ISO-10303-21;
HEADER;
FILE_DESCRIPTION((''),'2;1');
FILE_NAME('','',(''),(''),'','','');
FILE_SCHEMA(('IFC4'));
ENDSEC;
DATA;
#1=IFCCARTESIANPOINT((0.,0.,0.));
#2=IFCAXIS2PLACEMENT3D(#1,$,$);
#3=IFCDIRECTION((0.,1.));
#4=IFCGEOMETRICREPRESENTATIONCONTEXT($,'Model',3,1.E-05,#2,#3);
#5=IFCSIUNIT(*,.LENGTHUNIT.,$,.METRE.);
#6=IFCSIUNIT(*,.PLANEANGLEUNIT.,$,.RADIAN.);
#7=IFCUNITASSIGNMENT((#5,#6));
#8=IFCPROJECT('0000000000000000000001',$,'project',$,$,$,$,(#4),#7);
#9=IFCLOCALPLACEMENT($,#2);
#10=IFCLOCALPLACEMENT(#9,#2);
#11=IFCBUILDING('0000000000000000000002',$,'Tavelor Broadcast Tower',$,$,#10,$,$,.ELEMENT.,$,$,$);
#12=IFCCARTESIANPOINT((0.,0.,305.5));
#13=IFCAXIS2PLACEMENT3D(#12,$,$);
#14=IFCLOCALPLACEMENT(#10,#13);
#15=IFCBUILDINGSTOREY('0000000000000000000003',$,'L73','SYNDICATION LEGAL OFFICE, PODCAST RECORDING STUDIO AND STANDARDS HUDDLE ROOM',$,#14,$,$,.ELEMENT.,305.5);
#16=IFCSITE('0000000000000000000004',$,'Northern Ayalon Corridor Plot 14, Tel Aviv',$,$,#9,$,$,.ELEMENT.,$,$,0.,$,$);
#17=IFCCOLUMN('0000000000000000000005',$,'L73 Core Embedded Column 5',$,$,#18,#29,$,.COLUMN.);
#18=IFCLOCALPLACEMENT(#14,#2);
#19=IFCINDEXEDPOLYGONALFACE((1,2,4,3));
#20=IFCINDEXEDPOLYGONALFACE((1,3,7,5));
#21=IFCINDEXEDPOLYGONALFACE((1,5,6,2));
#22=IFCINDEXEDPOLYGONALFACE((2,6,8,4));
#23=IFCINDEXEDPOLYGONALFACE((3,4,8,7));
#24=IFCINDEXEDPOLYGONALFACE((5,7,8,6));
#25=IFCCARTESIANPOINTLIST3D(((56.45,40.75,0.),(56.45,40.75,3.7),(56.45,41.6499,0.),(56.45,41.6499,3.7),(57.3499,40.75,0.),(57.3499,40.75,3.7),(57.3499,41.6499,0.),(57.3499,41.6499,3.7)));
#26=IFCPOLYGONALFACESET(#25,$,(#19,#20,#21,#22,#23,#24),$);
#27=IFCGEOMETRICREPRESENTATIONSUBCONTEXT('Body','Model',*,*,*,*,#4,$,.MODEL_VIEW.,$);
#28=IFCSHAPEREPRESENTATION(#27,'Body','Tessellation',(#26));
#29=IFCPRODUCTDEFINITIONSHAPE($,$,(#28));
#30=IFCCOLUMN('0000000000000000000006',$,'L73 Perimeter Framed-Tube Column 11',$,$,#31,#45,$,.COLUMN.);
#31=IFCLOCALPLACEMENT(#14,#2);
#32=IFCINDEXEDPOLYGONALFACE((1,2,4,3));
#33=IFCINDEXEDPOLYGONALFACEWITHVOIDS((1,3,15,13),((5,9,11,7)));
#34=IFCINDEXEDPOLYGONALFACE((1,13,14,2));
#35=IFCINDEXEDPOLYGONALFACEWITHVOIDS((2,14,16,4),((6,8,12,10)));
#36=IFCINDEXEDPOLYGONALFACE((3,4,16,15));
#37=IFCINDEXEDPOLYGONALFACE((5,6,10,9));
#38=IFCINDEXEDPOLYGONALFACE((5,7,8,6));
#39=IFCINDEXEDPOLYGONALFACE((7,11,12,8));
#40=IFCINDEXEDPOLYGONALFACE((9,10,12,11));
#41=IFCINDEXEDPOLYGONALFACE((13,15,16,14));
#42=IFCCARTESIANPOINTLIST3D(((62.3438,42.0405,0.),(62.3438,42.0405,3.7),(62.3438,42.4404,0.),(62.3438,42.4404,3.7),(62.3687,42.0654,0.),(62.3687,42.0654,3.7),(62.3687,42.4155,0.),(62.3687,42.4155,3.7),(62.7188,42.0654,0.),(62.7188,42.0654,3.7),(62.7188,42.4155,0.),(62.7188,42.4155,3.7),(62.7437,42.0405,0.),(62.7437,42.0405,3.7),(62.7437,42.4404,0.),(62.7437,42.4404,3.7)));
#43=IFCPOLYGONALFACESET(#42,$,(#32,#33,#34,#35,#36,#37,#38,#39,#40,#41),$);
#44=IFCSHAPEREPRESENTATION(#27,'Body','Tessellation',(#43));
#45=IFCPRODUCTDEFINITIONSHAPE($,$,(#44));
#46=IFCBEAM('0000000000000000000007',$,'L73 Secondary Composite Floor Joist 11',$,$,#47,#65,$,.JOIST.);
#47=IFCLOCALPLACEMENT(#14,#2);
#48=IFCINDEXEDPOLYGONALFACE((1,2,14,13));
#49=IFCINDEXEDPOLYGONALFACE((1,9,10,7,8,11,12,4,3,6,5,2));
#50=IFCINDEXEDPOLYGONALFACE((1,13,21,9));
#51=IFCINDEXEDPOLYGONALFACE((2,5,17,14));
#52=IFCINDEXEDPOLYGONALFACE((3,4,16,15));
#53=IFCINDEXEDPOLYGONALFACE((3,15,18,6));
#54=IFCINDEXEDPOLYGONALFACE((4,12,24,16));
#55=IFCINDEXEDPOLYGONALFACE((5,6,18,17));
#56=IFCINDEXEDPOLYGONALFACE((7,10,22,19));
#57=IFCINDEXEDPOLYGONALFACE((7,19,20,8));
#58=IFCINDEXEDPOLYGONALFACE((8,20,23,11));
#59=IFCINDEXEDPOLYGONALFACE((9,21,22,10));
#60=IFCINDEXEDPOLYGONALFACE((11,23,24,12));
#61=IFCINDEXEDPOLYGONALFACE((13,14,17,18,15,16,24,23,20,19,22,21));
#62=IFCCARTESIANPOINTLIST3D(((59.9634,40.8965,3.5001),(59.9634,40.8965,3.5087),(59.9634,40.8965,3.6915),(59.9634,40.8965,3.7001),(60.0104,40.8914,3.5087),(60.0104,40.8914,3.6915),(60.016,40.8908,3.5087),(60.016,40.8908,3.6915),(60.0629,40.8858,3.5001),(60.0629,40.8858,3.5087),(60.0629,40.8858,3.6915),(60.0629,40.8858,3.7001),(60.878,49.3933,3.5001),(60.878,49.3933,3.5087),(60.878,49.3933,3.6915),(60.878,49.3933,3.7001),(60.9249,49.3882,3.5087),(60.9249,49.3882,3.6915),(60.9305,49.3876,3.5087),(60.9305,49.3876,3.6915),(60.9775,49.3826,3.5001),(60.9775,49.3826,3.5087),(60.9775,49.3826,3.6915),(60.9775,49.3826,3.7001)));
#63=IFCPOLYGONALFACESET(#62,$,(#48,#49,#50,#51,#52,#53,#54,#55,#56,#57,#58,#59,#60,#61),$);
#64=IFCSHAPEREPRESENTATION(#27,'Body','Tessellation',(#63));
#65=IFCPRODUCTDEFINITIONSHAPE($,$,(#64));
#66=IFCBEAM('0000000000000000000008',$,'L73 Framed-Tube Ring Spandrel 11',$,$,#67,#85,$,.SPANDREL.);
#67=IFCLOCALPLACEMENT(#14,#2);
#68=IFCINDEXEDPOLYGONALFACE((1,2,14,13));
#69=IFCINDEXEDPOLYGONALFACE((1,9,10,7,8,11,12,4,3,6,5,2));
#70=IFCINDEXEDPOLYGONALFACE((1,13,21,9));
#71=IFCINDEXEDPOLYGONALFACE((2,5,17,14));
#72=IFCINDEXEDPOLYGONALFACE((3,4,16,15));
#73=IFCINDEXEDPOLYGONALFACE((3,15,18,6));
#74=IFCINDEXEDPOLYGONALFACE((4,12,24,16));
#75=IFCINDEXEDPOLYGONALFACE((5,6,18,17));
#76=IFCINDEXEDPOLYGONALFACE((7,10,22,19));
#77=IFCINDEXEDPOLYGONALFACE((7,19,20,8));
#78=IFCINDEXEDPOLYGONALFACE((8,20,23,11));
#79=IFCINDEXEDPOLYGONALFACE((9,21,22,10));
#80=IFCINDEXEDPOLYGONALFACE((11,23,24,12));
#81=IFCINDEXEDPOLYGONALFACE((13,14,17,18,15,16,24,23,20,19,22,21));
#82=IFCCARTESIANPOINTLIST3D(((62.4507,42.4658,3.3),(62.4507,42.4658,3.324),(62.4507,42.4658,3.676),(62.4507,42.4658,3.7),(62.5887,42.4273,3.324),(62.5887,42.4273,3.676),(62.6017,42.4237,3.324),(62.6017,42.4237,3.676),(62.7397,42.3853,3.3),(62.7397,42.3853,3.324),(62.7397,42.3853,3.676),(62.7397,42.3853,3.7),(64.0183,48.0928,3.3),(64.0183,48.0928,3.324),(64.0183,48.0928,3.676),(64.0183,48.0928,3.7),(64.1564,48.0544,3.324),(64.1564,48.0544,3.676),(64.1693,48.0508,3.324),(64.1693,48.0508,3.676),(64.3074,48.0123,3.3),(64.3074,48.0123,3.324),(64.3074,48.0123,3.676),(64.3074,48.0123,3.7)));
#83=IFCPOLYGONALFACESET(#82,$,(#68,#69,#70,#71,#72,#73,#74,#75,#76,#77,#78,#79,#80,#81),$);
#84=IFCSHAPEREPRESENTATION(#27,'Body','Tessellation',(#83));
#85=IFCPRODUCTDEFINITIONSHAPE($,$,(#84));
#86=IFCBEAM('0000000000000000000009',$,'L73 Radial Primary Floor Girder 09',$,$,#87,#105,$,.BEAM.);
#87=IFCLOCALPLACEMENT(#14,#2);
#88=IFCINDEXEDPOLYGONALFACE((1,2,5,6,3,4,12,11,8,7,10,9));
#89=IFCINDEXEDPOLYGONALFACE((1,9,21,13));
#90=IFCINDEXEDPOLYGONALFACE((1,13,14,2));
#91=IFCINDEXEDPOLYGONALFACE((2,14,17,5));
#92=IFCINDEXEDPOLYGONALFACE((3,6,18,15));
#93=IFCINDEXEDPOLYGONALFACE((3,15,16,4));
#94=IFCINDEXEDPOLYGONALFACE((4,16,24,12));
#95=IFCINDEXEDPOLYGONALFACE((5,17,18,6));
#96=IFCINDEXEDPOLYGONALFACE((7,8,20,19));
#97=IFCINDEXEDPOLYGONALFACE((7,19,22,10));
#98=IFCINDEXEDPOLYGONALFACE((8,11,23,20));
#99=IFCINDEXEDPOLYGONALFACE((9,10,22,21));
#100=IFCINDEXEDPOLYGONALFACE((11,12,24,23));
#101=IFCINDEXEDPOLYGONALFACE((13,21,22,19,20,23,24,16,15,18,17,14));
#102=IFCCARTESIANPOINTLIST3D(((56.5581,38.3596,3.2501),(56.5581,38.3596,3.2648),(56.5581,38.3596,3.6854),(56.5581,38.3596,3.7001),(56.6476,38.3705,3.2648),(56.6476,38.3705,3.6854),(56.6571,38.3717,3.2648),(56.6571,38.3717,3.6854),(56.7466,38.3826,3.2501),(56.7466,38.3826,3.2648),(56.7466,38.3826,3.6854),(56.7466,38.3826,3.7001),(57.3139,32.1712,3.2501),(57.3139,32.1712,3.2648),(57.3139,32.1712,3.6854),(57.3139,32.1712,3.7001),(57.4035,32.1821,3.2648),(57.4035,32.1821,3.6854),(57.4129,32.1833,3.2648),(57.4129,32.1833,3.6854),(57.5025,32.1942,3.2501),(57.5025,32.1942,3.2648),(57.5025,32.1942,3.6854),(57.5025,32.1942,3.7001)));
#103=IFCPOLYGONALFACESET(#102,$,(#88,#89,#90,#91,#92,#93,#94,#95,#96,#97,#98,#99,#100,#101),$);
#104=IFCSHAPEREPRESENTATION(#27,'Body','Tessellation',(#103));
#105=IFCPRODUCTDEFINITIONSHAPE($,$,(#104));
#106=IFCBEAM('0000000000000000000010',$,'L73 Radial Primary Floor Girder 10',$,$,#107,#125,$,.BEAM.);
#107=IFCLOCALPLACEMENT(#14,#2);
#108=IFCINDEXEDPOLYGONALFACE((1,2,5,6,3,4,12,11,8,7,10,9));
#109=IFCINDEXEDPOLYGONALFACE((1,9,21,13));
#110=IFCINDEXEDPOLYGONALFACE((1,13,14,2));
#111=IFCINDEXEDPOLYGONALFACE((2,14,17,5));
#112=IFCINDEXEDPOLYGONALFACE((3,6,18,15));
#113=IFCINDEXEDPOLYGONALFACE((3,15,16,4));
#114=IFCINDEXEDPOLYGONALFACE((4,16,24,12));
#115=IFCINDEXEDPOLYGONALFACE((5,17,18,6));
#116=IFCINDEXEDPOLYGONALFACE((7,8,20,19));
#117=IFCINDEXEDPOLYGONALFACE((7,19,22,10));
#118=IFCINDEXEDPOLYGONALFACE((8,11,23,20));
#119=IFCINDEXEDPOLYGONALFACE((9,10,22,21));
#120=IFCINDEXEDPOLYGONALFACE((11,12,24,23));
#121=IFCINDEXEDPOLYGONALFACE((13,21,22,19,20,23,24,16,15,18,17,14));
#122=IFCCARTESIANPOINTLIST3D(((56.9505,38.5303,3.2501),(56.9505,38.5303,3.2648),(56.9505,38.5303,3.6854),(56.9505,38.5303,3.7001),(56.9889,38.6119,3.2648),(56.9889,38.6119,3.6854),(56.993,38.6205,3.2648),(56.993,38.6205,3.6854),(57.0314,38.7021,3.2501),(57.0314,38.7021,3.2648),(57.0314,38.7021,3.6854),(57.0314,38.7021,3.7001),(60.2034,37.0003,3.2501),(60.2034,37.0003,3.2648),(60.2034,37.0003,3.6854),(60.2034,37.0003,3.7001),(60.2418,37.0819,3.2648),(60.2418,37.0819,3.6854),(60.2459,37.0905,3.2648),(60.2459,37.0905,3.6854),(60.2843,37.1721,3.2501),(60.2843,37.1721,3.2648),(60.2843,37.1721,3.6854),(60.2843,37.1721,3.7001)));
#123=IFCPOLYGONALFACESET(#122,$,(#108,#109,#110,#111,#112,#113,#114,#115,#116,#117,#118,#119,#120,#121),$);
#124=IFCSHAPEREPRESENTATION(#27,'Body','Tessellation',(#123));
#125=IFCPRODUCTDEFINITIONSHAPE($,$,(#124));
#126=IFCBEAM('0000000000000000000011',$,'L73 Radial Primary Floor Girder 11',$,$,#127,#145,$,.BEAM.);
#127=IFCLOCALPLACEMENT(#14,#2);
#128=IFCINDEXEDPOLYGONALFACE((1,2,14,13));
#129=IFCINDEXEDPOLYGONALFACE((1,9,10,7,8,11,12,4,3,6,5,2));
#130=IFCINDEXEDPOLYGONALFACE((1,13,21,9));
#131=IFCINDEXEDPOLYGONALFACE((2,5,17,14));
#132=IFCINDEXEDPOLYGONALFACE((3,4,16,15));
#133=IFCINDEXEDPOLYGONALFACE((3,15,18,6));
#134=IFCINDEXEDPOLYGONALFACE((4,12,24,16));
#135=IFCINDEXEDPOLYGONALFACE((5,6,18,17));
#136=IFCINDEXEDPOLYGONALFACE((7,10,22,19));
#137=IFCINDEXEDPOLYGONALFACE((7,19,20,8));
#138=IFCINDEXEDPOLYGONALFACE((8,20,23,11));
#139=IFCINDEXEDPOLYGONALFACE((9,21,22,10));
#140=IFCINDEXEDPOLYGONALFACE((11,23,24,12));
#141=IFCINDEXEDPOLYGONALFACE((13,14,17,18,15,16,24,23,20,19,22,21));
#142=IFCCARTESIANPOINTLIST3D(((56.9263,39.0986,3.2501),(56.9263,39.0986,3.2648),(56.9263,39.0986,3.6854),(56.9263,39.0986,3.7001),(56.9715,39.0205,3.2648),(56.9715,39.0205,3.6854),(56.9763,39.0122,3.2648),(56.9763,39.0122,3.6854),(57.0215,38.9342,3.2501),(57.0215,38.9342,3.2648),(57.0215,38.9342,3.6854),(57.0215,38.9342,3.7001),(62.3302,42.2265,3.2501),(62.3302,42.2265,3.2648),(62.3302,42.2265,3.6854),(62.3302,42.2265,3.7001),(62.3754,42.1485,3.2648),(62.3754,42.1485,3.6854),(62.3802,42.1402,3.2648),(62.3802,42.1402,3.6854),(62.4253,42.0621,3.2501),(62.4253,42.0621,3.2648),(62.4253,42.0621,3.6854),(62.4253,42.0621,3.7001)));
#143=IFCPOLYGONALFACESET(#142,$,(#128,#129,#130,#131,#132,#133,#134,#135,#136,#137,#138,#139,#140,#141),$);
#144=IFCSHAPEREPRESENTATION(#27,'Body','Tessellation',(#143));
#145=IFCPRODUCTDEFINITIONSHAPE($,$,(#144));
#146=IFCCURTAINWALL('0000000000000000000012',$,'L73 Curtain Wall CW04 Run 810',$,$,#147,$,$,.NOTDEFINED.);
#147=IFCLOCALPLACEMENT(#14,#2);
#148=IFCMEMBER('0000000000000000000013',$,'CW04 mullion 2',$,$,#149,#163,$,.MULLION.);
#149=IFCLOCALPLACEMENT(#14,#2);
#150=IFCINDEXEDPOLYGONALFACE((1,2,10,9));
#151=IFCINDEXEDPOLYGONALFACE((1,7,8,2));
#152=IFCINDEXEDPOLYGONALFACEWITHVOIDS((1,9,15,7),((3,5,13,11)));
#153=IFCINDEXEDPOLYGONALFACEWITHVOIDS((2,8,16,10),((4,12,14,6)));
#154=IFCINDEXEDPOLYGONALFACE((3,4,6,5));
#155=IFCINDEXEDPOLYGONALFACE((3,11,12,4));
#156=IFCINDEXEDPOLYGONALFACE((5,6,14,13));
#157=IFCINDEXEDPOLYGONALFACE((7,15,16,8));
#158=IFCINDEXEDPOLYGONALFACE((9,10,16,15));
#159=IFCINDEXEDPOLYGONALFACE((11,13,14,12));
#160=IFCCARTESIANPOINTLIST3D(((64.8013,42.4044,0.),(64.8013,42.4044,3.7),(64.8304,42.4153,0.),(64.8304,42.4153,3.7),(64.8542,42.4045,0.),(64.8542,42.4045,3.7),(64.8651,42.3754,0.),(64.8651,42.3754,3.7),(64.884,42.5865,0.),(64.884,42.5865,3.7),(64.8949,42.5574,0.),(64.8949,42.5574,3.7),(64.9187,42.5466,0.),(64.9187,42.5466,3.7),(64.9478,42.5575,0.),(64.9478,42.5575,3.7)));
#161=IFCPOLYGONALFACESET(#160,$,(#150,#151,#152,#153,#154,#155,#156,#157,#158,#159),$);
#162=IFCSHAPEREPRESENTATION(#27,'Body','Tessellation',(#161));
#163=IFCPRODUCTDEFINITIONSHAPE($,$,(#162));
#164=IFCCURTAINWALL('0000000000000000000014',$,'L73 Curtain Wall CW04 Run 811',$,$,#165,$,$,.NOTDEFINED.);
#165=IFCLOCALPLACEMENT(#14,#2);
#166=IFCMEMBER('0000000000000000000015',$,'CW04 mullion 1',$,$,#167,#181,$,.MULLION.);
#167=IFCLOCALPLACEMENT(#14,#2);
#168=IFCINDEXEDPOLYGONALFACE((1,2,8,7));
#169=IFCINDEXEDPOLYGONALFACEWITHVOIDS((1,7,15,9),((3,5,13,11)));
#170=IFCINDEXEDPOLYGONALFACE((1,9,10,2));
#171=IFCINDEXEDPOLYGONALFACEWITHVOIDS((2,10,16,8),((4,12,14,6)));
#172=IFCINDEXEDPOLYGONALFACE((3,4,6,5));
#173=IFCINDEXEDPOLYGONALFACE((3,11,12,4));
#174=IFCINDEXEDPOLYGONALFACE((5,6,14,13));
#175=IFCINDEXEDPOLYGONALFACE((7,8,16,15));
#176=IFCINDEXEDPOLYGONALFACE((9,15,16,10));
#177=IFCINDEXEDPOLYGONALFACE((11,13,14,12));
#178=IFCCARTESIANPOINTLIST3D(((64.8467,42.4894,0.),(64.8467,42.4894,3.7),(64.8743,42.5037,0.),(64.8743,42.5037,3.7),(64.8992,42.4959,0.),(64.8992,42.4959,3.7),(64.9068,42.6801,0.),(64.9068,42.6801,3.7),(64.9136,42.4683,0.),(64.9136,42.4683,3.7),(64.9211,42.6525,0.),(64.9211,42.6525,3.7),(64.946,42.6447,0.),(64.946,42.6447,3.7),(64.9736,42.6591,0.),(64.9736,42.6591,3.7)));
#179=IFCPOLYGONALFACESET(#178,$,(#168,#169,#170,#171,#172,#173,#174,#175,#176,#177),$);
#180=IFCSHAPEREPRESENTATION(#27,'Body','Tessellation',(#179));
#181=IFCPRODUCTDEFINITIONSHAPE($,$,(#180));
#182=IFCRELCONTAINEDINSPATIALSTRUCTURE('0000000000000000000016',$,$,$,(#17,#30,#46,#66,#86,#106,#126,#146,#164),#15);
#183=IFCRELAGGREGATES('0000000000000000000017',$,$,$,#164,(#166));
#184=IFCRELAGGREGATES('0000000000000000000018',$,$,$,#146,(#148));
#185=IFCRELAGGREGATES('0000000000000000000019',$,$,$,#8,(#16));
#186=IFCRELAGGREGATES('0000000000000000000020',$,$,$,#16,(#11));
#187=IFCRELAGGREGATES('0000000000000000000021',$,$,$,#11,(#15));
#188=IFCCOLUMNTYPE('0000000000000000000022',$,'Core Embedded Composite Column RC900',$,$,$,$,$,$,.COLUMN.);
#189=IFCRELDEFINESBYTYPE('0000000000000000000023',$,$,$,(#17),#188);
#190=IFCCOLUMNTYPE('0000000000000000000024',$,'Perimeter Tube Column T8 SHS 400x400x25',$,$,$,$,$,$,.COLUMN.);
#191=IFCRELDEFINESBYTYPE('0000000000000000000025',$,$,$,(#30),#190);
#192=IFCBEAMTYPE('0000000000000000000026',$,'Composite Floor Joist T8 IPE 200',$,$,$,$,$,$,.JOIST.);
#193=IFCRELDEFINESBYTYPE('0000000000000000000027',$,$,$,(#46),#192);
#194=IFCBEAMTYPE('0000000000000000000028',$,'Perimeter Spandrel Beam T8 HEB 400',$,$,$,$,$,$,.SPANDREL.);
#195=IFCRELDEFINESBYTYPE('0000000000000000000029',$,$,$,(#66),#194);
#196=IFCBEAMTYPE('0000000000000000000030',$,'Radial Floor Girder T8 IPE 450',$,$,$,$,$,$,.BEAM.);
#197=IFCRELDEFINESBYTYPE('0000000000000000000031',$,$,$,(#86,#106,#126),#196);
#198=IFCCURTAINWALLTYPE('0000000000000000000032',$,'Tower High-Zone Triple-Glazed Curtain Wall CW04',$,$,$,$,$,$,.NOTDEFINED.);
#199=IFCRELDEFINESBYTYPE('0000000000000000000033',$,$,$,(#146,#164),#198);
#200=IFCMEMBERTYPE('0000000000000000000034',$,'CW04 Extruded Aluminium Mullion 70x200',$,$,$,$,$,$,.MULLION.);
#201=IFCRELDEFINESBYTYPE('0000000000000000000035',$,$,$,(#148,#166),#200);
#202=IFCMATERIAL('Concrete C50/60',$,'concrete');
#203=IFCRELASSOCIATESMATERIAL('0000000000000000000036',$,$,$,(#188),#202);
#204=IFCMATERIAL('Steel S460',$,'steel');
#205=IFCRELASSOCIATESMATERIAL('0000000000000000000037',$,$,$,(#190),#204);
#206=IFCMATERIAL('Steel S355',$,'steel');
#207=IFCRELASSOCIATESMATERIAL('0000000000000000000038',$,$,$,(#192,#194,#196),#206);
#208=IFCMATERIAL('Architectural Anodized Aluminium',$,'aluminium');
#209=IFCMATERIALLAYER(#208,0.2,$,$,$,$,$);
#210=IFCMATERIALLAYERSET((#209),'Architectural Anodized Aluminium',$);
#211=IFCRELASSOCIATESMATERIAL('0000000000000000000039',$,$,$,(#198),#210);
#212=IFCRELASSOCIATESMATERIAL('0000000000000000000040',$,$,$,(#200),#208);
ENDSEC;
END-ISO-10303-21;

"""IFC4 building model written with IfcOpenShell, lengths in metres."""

from ifc_helpers import new_model, si_unit, direction, frame, origin, origin_2d, place, context, subcontext, project, spatial, rectangle, hollow_rectangle, i_section, extrude, source, transform, mapped, material, layer, layer_set, material_profile, profile_set, type_object, type_shapes, element, aggregate, save


model = new_model("IFC4")

# Units and contexts
model_context = context("Model", 3, precision=1e-05, world=origin(), true_north=direction((0.0, 1.0)))
body_context = subcontext(model_context, "Body", "Model", "MODEL_VIEW")
ifc_project = project(units=[si_unit("LENGTHUNIT", "METRE"), si_unit("PLANEANGLEUNIT", "RADIAN")], contexts=[model_context])

# Site, building, storey
site_placement = place(None, origin())
site = spatial("IfcSite", under=ifc_project, at=site_placement, Name="Northern Ayalon Corridor Plot 14, Tel Aviv", CompositionType="ELEMENT", RefElevation=0.0)
building_placement = place(site_placement, origin())
building = spatial("IfcBuilding", under=site, at=building_placement, Name="Tavelor Broadcast Tower", CompositionType="ELEMENT")
storey_placement = place(building_placement, frame((0.0, 0.0, 305.5)))
storey = spatial("IfcBuildingStorey", under=building, at=storey_placement, Name="L73", Description="SYNDICATION LEGAL OFFICE, PODCAST RECORDING STUDIO AND STANDARDS HUDDLE ROOM", CompositionType="ELEMENT", Elevation=305.5)

# Columns
ifc_material_1 = material(Name="Concrete C50/60", Category="concrete")
ifc_material_profile_1 = material_profile(ifc_material_1, rectangle(XDim=0.8999, YDim=0.8999, at=origin_2d()), Name="RC 900x900")
ifc_profile_set_1 = profile_set([ifc_material_profile_1], Name="Concrete C50/60")
column_type_1 = type_object("IfcColumnType", Name="Core Embedded Composite Column RC900", PredefinedType="COLUMN", material=ifc_profile_set_1)
column_1_placement = place(storey_placement, frame((56.8999, 41.2, 0.0), z_axis=(0.0, 0.0, 1.0), x_axis=(1.0, 0.0, 0.0)))
element("IfcColumn", 1, at=column_1_placement, inside=storey, type_object=column_type_1, Name="L73 Core Embedded Column 5", PredefinedType="COLUMN", context=body_context, shape_type="SweptSolid", body=[
    extrude(rectangle(XDim=0.8999, YDim=0.8999, at=origin_2d()), origin(), (0.0, 0.0, 1.0), 3.7),
])
ifc_material_2 = material(Name="Steel S460", Category="steel")
ifc_material_profile_2 = material_profile(ifc_material_2, hollow_rectangle(XDim=0.3999, YDim=0.3999, WallThickness=0.0249, at=origin_2d()), Name="SHS 400x400x25")
ifc_profile_set_2 = profile_set([ifc_material_profile_2], Name="Steel S460")
column_type_2 = type_object("IfcColumnType", Name="Perimeter Tube Column T8 SHS 400x400x25", PredefinedType="COLUMN", material=ifc_profile_set_2)
column_2_placement = place(storey_placement, frame((62.5437, 42.2405, 0.0), z_axis=(0.0, 0.0, 1.0), x_axis=(1.0, 0.0, 0.0)))
element("IfcColumn", 2, at=column_2_placement, inside=storey, type_object=column_type_2, Name="L73 Perimeter Framed-Tube Column 11", PredefinedType="COLUMN", context=body_context, shape_type="SweptSolid", body=[
    extrude(hollow_rectangle(XDim=0.3999, YDim=0.3999, WallThickness=0.0249, at=origin_2d()), origin(), (0.0, 0.0, 1.0), 3.7),
])

# Beams
ifc_material_3 = material(Name="Steel S355", Category="steel")
ifc_material_profile_3 = material_profile(ifc_material_3, i_section(OverallWidth=0.1001, OverallDepth=0.2, WebThickness=0.0056, FlangeThickness=0.0085, at=origin_2d()), Name="IPE 200")
ifc_profile_set_3 = profile_set([ifc_material_profile_3], Name="Steel S355")
beam_type_1 = type_object("IfcBeamType", Name="Composite Floor Joist T8 IPE 200", PredefinedType="JOIST", material=ifc_profile_set_3)
beam_1_placement = place(storey_placement, frame((60.0132, 40.8911, 3.6001), z_axis=(0.107016, 0.994257, 0.0), x_axis=(-0.994257, 0.107016, 0.0)))
element("IfcBeam", 3, at=beam_1_placement, inside=storey, type_object=beam_type_1, Name="L73 Secondary Composite Floor Joist 11", PredefinedType="JOIST", context=body_context, shape_type="SweptSolid", body=[
    extrude(i_section(OverallWidth=0.1001, OverallDepth=0.2, WebThickness=0.0056, FlangeThickness=0.0085, at=origin_2d()), origin(), (0.0, 0.0, 1.0), 8.5459),
])
ifc_material_profile_4 = material_profile(ifc_material_3, i_section(OverallWidth=0.3, OverallDepth=0.3999, WebThickness=0.0134, FlangeThickness=0.0239, at=origin_2d()), Name="HEB 400")
ifc_profile_set_4 = profile_set([ifc_material_profile_4], Name="Steel S355")
beam_type_2 = type_object("IfcBeamType", Name="Perimeter Spandrel Beam T8 HEB 400", PredefinedType="SPANDREL", material=ifc_profile_set_4)
beam_2_placement = place(storey_placement, frame((62.5952, 42.4255, 3.5), z_axis=(0.268372, 0.963315, 0.0), x_axis=(-0.963315, 0.268372, 0.0)))
element("IfcBeam", 4, at=beam_2_placement, inside=storey, type_object=beam_type_2, Name="L73 Framed-Tube Ring Spandrel 11", PredefinedType="SPANDREL", context=body_context, shape_type="SweptSolid", body=[
    extrude(i_section(OverallWidth=0.3, OverallDepth=0.3999, WebThickness=0.0134, FlangeThickness=0.0239, at=origin_2d()), origin(), (0.0, 0.0, 1.0), 5.8413),
])
ifc_material_profile_5 = material_profile(ifc_material_3, i_section(OverallWidth=0.1899, OverallDepth=0.45, WebThickness=0.0095, FlangeThickness=0.0146, at=origin_2d()), Name="IPE 450")
ifc_profile_set_5 = profile_set([ifc_material_profile_5], Name="Steel S355")
beam_type_3 = type_object("IfcBeamType", Name="Radial Floor Girder T8 IPE 450", PredefinedType="BEAM", material=ifc_profile_set_5)
beam_3_placement = place(storey_placement, frame((56.6523, 38.3711, 3.4751), z_axis=(0.121239, -0.992623, 0.0), x_axis=(0.992623, 0.121239, 0.0)))
element("IfcBeam", 5, at=beam_3_placement, inside=storey, type_object=beam_type_3, Name="L73 Radial Primary Floor Girder 09", PredefinedType="BEAM", context=body_context, shape_type="SweptSolid", body=[
    extrude(i_section(OverallWidth=0.1899, OverallDepth=0.45, WebThickness=0.0095, FlangeThickness=0.0146, at=origin_2d()), origin(), (0.0, 0.0, 1.0), 6.2344),
])
beam_4_placement = place(storey_placement, frame((56.991, 38.6162, 3.4751), z_axis=(0.9049, -0.425624, 0.0), x_axis=(0.425624, 0.9049, 0.0)))
element("IfcBeam", 6, at=beam_4_placement, inside=storey, type_object=beam_type_3, Name="L73 Radial Primary Floor Girder 10", PredefinedType="BEAM", context=body_context, shape_type="SweptSolid", body=[
    extrude(i_section(OverallWidth=0.1899, OverallDepth=0.45, WebThickness=0.0095, FlangeThickness=0.0146, at=origin_2d()), origin(), (0.0, 0.0, 1.0), 3.5947),
])
beam_5_placement = place(storey_placement, frame((56.9739, 39.0164, 3.4751), z_axis=(0.865467, 0.500965, 0.0), x_axis=(-0.500965, 0.865467, 0.0)))
element("IfcBeam", 7, at=beam_5_placement, inside=storey, type_object=beam_type_3, Name="L73 Radial Primary Floor Girder 11", PredefinedType="BEAM", context=body_context, shape_type="SweptSolid", body=[
    extrude(i_section(OverallWidth=0.1899, OverallDepth=0.45, WebThickness=0.0095, FlangeThickness=0.0146, at=origin_2d()), origin(), (0.0, 0.0, 1.0), 6.2439),
])

# Curtain wall, member
ifc_material_4 = material(Name="Architectural Anodized Aluminium", Category="aluminium")
ifc_layer_1 = layer(ifc_material_4, 0.2)
ifc_layer_set_1 = layer_set([ifc_layer_1], Name="Architectural Anodized Aluminium")
curtain_wall_type = type_object("IfcCurtainWallType", Name="Tower High-Zone Triple-Glazed Curtain Wall CW04", PredefinedType="NOTDEFINED", material=ifc_layer_set_1)
curtain_wall_1_placement = place(storey_placement, origin())
curtain_wall_1 = element("IfcCurtainWall", 8, at=curtain_wall_1_placement, inside=storey, type_object=curtain_wall_type, Name="L73 Curtain Wall CW04 Run 810", PredefinedType="NOTDEFINED")
ifc_material_profile_6 = material_profile(ifc_material_4, hollow_rectangle(XDim=0.0701, YDim=0.2, WallThickness=0.022, at=origin_2d()), Name="RHS 70x200x22")
ifc_profile_set_6 = profile_set([ifc_material_profile_6], Name="Architectural Anodized Aluminium")
member_type_1 = type_object("IfcMemberType", Name="CW04 Extruded Aluminium Mullion 70x200", PredefinedType="MULLION", material=ifc_profile_set_6)
shared_shape_1 = source(origin(), body_context, "Body", "SweptSolid", [
    extrude(hollow_rectangle(XDim=0.0701, YDim=0.2, WallThickness=0.022, at=origin_2d()), origin(), (0.0, 0.0, 1.0), 3.7),
])
type_shapes(member_type_1, [shared_shape_1])
member_1_placement = place(storey_placement, frame((64.8745, 42.481, 0.0), z_axis=(0.0, 0.0, 1.0), x_axis=(-0.910506, 0.413496, 0.0)))
member_1 = element("IfcMember", 9, at=member_1_placement, type_object=member_type_1, Name="CW04 mullion 2", PredefinedType="MULLION", context=body_context, shape_type="MappedRepresentation", body=[
    mapped(shared_shape_1, transform((0.0, 0.0, 0.0), scale=1.0)),
])

# Curtain wall, member
curtain_wall_2_placement = place(storey_placement, origin())
curtain_wall_2 = element("IfcCurtainWall", 10, at=curtain_wall_2_placement, inside=storey, type_object=curtain_wall_type, Name="L73 Curtain Wall CW04 Run 811", PredefinedType="NOTDEFINED")
member_2_placement = place(storey_placement, frame((64.9102, 42.5742, 0.0), z_axis=(0.0, 0.0, 1.0), x_axis=(-0.953854, 0.300272, 0.0)))
member_2 = element("IfcMember", 11, at=member_2_placement, type_object=member_type_1, Name="CW04 mullion 1", PredefinedType="MULLION", context=body_context, shape_type="MappedRepresentation", body=[
    mapped(shared_shape_1, transform((0.0, 0.0, 0.0), scale=1.0)),
])
aggregate(curtain_wall_2, [member_2])

aggregate(curtain_wall_1, [member_1])

save(model, "model.ifc")
